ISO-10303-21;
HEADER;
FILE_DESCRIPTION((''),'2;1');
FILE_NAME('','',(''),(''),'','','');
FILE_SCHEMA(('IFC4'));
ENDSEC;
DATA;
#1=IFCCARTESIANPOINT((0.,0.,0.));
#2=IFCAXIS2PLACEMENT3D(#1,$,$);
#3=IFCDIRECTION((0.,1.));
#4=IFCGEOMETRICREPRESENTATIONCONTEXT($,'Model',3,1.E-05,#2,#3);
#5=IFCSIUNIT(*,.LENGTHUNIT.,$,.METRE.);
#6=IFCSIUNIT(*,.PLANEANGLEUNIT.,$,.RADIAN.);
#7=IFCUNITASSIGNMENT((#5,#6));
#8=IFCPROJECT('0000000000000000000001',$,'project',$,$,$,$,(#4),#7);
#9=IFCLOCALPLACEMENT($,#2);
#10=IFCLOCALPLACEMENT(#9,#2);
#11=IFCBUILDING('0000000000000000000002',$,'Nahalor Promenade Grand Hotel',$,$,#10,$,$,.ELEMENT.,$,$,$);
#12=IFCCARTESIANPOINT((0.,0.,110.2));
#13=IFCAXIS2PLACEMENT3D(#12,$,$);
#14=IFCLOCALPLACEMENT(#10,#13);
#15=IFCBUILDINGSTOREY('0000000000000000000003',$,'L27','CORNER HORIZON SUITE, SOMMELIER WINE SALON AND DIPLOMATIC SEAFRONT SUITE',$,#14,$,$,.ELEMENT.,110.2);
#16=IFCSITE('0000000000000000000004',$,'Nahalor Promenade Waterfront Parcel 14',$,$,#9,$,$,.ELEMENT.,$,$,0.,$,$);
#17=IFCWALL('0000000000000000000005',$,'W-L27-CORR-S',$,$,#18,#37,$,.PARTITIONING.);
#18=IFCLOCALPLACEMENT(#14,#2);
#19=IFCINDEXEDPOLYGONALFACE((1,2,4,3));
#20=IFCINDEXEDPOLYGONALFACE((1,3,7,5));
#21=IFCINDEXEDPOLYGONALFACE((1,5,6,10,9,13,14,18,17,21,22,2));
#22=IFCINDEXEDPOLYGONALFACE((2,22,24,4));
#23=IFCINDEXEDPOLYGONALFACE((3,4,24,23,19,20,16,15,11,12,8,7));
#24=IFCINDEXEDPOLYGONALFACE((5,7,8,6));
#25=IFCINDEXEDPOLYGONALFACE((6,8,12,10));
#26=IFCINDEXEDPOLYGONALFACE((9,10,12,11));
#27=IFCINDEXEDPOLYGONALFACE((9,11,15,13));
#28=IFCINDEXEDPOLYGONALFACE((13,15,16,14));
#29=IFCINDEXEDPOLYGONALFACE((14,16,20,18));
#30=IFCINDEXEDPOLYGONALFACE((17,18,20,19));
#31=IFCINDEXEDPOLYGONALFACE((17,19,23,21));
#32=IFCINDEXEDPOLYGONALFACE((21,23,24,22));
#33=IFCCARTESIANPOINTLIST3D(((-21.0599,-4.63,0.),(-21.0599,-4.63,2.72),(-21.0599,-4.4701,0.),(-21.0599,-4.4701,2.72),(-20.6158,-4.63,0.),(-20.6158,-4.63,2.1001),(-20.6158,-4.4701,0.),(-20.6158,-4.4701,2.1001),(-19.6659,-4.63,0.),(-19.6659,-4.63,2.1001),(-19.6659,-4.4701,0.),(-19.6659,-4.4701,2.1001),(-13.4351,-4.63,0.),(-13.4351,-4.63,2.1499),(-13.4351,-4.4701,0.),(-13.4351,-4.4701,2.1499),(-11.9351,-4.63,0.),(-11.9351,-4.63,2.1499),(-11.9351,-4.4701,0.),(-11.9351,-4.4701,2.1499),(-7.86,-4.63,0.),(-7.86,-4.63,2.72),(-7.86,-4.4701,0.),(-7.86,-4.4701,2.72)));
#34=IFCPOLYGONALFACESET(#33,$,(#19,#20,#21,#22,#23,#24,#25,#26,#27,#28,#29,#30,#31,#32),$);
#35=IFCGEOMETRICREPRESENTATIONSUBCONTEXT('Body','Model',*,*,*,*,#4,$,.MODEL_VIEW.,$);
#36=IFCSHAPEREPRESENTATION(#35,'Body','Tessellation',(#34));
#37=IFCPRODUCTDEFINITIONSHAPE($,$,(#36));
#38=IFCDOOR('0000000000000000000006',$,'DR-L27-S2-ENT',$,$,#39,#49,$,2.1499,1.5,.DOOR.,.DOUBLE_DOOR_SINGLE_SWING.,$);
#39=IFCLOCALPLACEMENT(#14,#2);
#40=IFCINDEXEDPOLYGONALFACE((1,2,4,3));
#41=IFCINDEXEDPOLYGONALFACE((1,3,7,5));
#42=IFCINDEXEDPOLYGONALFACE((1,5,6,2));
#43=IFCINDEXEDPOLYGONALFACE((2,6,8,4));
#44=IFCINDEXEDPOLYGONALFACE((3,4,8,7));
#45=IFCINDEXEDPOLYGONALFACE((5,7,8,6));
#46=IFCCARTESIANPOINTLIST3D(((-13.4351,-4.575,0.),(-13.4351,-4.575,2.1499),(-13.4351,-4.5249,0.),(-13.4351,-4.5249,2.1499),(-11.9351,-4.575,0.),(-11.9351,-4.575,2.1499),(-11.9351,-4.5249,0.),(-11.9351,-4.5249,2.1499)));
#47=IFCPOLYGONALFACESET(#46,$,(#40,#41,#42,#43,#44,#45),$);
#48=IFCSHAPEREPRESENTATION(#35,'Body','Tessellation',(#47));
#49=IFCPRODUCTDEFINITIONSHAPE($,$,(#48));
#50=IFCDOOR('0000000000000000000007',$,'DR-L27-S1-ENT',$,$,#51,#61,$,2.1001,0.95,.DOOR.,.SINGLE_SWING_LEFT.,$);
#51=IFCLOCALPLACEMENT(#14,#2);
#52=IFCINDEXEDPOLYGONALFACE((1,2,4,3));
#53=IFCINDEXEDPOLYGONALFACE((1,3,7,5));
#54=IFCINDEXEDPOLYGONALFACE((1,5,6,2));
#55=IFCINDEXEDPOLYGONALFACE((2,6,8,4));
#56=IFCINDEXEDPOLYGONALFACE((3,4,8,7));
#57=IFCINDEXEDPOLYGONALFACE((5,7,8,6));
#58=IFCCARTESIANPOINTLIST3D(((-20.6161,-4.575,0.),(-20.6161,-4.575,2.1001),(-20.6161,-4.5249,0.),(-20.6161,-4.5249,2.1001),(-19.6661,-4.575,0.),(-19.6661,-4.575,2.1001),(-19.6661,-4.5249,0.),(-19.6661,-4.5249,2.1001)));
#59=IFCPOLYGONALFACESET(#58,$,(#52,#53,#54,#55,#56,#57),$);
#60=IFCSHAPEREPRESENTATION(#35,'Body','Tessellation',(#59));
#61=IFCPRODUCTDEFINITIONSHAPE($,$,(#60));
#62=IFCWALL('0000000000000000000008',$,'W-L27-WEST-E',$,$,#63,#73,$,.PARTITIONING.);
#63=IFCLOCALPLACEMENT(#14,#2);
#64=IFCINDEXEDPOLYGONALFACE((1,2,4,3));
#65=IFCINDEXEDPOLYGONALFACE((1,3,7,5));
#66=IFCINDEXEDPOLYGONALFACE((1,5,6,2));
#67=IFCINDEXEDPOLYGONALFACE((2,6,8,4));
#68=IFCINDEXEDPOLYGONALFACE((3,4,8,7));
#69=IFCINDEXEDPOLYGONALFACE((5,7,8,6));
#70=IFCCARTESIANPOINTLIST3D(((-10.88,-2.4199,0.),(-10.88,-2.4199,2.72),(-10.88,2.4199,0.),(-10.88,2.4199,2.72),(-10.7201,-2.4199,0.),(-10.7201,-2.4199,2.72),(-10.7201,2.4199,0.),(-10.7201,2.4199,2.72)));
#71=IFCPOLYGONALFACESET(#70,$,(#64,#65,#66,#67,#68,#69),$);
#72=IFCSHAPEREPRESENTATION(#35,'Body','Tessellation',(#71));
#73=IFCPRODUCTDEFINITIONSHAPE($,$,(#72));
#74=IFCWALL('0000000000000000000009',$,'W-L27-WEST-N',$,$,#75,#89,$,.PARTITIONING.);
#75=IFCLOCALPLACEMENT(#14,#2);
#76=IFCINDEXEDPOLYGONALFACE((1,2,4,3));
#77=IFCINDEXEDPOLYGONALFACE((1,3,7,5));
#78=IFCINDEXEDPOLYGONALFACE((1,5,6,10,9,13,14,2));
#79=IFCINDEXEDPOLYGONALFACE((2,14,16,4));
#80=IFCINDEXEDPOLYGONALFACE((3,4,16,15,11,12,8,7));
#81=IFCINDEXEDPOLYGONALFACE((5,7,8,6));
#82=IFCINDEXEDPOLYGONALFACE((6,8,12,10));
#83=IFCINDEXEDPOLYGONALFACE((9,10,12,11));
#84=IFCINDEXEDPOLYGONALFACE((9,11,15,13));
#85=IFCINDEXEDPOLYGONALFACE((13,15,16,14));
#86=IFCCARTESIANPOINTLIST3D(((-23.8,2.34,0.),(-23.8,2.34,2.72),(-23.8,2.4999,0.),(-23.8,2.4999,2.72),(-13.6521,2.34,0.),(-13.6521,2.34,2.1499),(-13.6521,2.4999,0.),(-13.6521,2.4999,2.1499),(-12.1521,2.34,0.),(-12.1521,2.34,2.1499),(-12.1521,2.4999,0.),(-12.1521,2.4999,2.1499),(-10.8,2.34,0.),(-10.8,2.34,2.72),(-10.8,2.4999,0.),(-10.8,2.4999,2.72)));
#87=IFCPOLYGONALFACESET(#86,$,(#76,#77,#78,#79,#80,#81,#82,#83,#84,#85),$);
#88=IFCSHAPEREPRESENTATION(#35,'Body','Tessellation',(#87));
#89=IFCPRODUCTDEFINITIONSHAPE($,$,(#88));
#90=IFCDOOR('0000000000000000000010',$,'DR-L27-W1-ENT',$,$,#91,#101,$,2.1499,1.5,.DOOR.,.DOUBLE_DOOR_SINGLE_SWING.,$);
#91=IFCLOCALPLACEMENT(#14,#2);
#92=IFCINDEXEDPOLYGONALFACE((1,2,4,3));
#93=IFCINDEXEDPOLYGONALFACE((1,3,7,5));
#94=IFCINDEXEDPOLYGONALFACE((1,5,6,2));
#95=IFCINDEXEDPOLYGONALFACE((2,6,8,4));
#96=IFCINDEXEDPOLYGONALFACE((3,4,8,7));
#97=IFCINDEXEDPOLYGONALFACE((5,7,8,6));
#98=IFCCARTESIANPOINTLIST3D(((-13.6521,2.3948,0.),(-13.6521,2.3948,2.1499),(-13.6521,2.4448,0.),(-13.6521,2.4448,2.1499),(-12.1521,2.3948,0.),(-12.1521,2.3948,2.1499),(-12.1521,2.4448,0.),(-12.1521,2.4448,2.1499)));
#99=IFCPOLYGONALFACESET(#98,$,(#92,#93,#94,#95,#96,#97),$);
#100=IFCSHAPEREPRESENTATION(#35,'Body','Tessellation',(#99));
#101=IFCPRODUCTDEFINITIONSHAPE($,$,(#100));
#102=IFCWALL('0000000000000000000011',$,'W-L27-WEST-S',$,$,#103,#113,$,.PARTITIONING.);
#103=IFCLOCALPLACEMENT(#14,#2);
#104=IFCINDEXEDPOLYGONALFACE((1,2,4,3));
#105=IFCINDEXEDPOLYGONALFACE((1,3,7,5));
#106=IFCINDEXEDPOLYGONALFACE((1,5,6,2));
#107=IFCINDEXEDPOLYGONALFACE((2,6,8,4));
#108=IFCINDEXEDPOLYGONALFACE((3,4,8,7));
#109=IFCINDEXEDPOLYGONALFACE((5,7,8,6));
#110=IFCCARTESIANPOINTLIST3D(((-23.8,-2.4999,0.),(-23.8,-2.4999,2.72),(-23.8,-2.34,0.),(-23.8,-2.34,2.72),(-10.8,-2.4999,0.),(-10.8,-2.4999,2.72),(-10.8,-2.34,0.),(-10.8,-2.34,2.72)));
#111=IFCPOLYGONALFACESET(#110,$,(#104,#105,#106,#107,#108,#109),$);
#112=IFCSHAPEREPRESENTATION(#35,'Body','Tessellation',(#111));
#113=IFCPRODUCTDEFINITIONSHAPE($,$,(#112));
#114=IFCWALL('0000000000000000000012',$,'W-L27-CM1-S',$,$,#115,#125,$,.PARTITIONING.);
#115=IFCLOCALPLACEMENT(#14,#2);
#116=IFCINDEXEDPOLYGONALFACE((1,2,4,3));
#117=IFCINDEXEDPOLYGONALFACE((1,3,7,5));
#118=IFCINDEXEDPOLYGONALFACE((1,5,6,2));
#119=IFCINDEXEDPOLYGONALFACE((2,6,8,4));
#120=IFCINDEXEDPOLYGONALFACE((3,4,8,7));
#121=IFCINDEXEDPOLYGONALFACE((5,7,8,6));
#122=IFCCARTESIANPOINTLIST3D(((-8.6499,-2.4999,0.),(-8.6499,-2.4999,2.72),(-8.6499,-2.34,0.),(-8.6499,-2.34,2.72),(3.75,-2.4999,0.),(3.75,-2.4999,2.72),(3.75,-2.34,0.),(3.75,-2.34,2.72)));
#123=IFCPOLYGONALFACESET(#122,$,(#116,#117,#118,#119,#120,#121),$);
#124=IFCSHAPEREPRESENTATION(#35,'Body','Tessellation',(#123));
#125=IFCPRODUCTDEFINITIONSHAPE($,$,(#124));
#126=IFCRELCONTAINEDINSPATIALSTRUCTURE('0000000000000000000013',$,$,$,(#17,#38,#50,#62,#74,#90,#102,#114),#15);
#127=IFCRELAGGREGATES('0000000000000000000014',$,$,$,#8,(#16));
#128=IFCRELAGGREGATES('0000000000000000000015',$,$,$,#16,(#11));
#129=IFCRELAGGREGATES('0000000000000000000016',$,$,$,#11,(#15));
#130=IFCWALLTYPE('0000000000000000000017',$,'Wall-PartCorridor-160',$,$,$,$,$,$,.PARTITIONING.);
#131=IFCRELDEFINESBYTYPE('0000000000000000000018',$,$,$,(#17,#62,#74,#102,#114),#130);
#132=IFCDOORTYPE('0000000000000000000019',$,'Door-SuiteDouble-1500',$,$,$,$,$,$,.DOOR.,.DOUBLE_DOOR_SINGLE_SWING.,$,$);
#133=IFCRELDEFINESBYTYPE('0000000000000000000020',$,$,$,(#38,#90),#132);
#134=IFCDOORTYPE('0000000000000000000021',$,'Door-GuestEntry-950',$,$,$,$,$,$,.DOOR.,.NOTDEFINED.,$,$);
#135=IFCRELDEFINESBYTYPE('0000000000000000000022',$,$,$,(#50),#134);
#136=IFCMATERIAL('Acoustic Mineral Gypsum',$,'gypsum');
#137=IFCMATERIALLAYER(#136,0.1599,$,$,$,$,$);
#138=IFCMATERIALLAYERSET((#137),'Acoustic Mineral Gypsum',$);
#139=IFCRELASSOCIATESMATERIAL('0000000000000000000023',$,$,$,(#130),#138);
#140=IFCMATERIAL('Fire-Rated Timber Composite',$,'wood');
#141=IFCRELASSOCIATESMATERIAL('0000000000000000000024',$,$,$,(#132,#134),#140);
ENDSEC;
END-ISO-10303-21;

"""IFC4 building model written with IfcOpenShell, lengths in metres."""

from ifc_helpers import new_model, si_unit, direction, frame, frame_2d, origin, place, context, subcontext, project, spatial, rectangle, extrude, source, transform, mapped, material, layer, layer_set, type_object, element, fill, save


model = new_model("IFC4")

# Units and contexts
model_context = context("Model", 3, precision=1e-05, world=origin(), true_north=direction((0.0, 1.0)))
body_context = subcontext(model_context, "Body", "Model", "MODEL_VIEW")
ifc_project = project(units=[si_unit("LENGTHUNIT", "METRE"), si_unit("PLANEANGLEUNIT", "RADIAN")], contexts=[model_context])

# Site, building, storey
site_placement = place(None, origin())
site = spatial("IfcSite", under=ifc_project, at=site_placement, Name="Nahalor Promenade Waterfront Parcel 14", CompositionType="ELEMENT", RefElevation=0.0)
building_placement = place(site_placement, origin())
building = spatial("IfcBuilding", under=site, at=building_placement, Name="Nahalor Promenade Grand Hotel", CompositionType="ELEMENT")
storey_placement = place(building_placement, frame((0.0, 0.0, 110.2)))
storey = spatial("IfcBuildingStorey", under=building, at=storey_placement, Name="L27", Description="CORNER HORIZON SUITE, SOMMELIER WINE SALON AND DIPLOMATIC SEAFRONT SUITE", CompositionType="ELEMENT", Elevation=110.2)

# Shared definitions
ifc_material_1 = material(Name="Acoustic Mineral Gypsum", Category="gypsum")
ifc_layer_1 = layer(ifc_material_1, 0.1599)
ifc_layer_set_1 = layer_set([ifc_layer_1], Name="Acoustic Mineral Gypsum")
wall_type_1 = type_object("IfcWallType", Name="Wall-PartCorridor-160", PredefinedType="PARTITIONING", material=ifc_layer_set_1)
ifc_material_2 = material(Name="Fire-Rated Timber Composite", Category="wood")
door_type_1 = type_object("IfcDoorType", Name="Door-SuiteDouble-1500", OperationType="DOUBLE_DOOR_SINGLE_SWING", PredefinedType="DOOR", material=ifc_material_2)
shared_shape_1 = source(origin(), body_context, "Body", "SweptSolid", [
    extrude(rectangle(XDim=1.5, YDim=2.1499, at=frame_2d((0.75, 1.075))), frame((0.0, 0.0249, 0.0), z_axis=(0.0, -1.0, 0.0), x_axis=(1.0, 0.0, 0.0)), (0.0, 0.0, 1.0), 0.05),
])
door_type_2 = type_object("IfcDoorType", Name="Door-GuestEntry-950", OperationType="NOTDEFINED", PredefinedType="DOOR", material=ifc_material_2)
shared_shape_2 = source(origin(), body_context, "Body", "SweptSolid", [
    extrude(rectangle(XDim=0.95, YDim=2.1001, at=frame_2d((0.4751, 1.05))), frame((0.0, 0.0249, 0.0), z_axis=(0.0, -1.0, 0.0), x_axis=(1.0, 0.0, 0.0)), (0.0, 0.0, 1.0), 0.05),
])

# Wall, openings, doors
shared_shape_3 = source(origin(), body_context, "Body", "SweptSolid", [
    extrude(rectangle(XDim=13.2, YDim=0.1599, at=frame_2d((6.6001, 0.0))), origin(), (0.0, 0.0, 1.0), 2.72),
])
wall_1_placement = place(storey_placement, frame((-21.0601, -4.55, 0.0), z_axis=(0.0, 0.0, 1.0), x_axis=(1.0, 0.0, 0.0)))
wall_1 = element("IfcWall", 1, at=wall_1_placement, inside=storey, type_object=wall_type_1, Name="W-L27-CORR-S", PredefinedType="PARTITIONING", context=body_context, shape_type="MappedRepresentation", body=[
    mapped(shared_shape_3, transform((0.0, 0.0, 0.0), scale=1.0)),
])
opening_1_placement = place(wall_1_placement, frame((0.4441, 0.0, 0.0)))
opening_1 = element("IfcOpeningElement", 2, at=opening_1_placement, cuts=wall_1, PredefinedType="OPENING", context=body_context, shape_type="SweptSolid", body=[
    extrude(rectangle(XDim=0.95, YDim=2.1001, at=frame_2d((0.4751, 1.05))), frame((0.0, 0.0898, 0.0), z_axis=(0.0, -1.0, 0.0), x_axis=(1.0, 0.0, 0.0)), (0.0, 0.0, 1.0), 0.1799),
])
opening_2_placement = place(wall_1_placement, frame((7.625, 0.0, 0.0)))
opening_2 = element("IfcOpeningElement", 3, at=opening_2_placement, cuts=wall_1, PredefinedType="OPENING", context=body_context, shape_type="SweptSolid", body=[
    extrude(rectangle(XDim=1.5, YDim=2.1499, at=frame_2d((0.75, 1.075))), frame((0.0, 0.0898, 0.0), z_axis=(0.0, -1.0, 0.0), x_axis=(1.0, 0.0, 0.0)), (0.0, 0.0, 1.0), 0.1799),
])
door_1_placement = place(opening_2_placement, frame((1.5, 0.0, 0.0), z_axis=(0.0, 0.0, 1.0), x_axis=(-1.0, 0.0, 0.0)))
door_1 = element("IfcDoor", 4, at=door_1_placement, inside=storey, type_object=door_type_1, Name="DR-L27-S2-ENT", OperationType="DOUBLE_DOOR_SINGLE_SWING", OverallHeight=2.1499, OverallWidth=1.5, PredefinedType="DOOR", context=body_context, shape_type="MappedRepresentation", body=[
    mapped(shared_shape_1, transform((0.0, 0.0, 0.0), scale=1.0)),
])
fill(opening_2, door_1)
door_2_placement = place(opening_1_placement, frame((0.95, 0.0, 0.0), z_axis=(0.0, 0.0, 1.0), x_axis=(-1.0, 0.0, 0.0)))
door_2 = element("IfcDoor", 5, at=door_2_placement, inside=storey, type_object=door_type_2, Name="DR-L27-S1-ENT", OperationType="SINGLE_SWING_LEFT", OverallHeight=2.1001, OverallWidth=0.95, PredefinedType="DOOR", context=body_context, shape_type="MappedRepresentation", body=[
    mapped(shared_shape_2, transform((0.0, 0.0, 0.0), scale=1.0)),
])
fill(opening_1, door_2)

# Wall
shared_shape_4 = source(origin(), body_context, "Body", "SweptSolid", [
    extrude(rectangle(XDim=4.8398, YDim=0.1599, at=frame_2d((2.4199, 0.0))), origin(), (0.0, 0.0, 1.0), 2.72),
])
wall_2_placement = place(storey_placement, frame((-10.8, -2.4199, 0.0), z_axis=(0.0, 0.0, 1.0), x_axis=(0.0, 1.0, 0.0)))
element("IfcWall", 6, at=wall_2_placement, inside=storey, type_object=wall_type_1, Name="W-L27-WEST-E", PredefinedType="PARTITIONING", context=body_context, shape_type="MappedRepresentation", body=[
    mapped(shared_shape_4, transform((0.0, 0.0, 0.0), scale=1.0)),
])

# Wall, opening, door
shared_shape_5 = source(origin(), body_context, "Body", "SweptSolid", [
    extrude(rectangle(XDim=13.0, YDim=0.1599, at=frame_2d((6.5, 0.0))), origin(), (0.0, 0.0, 1.0), 2.72),
])
wall_3_placement = place(storey_placement, frame((-23.8, 2.4199, 0.0), z_axis=(0.0, 0.0, 1.0), x_axis=(1.0, 0.0, 0.0)))
wall_3 = element("IfcWall", 7, at=wall_3_placement, inside=storey, type_object=wall_type_1, Name="W-L27-WEST-N", PredefinedType="PARTITIONING", context=body_context, shape_type="MappedRepresentation", body=[
    mapped(shared_shape_5, transform((0.0, 0.0, 0.0), scale=1.0)),
])
opening_3_placement = place(wall_3_placement, frame((10.1479, 0.0, 0.0)))
opening_3 = element("IfcOpeningElement", 8, at=opening_3_placement, cuts=wall_3, PredefinedType="OPENING", context=body_context, shape_type="SweptSolid", body=[
    extrude(rectangle(XDim=1.5, YDim=2.1499, at=frame_2d((0.75, 1.075))), frame((0.0, 0.0898, 0.0), z_axis=(0.0, -1.0, 0.0), x_axis=(1.0, 0.0, 0.0)), (0.0, 0.0, 1.0), 0.1799),
])
door_3_placement = place(opening_3_placement, origin())
door_3 = element("IfcDoor", 9, at=door_3_placement, inside=storey, type_object=door_type_1, Name="DR-L27-W1-ENT", OperationType="DOUBLE_DOOR_SINGLE_SWING", OverallHeight=2.1499, OverallWidth=1.5, PredefinedType="DOOR", context=body_context, shape_type="MappedRepresentation", body=[
    mapped(shared_shape_1, transform((0.0, 0.0, 0.0), scale=1.0)),
])
fill(opening_3, door_3)

# Walls
wall_4_placement = place(storey_placement, frame((-23.8, -2.4199, 0.0), z_axis=(0.0, 0.0, 1.0), x_axis=(1.0, 0.0, 0.0)))
element("IfcWall", 10, at=wall_4_placement, inside=storey, type_object=wall_type_1, Name="W-L27-WEST-S", PredefinedType="PARTITIONING", context=body_context, shape_type="MappedRepresentation", body=[
    mapped(shared_shape_5, transform((0.0, 0.0, 0.0), scale=1.0)),
])
shared_shape_6 = source(origin(), body_context, "Body", "SweptSolid", [
    extrude(rectangle(XDim=12.3999, YDim=0.1599, at=frame_2d((6.2, 0.0))), origin(), (0.0, 0.0, 1.0), 2.72),
])
wall_5_placement = place(storey_placement, frame((-8.6499, -2.4199, 0.0), z_axis=(0.0, 0.0, 1.0), x_axis=(1.0, 0.0, 0.0)))
element("IfcWall", 11, at=wall_5_placement, inside=storey, type_object=wall_type_1, Name="W-L27-CM1-S", PredefinedType="PARTITIONING", context=body_context, shape_type="MappedRepresentation", body=[
    mapped(shared_shape_6, transform((0.0, 0.0, 0.0), scale=1.0)),
])

save(model, "model.ifc")
